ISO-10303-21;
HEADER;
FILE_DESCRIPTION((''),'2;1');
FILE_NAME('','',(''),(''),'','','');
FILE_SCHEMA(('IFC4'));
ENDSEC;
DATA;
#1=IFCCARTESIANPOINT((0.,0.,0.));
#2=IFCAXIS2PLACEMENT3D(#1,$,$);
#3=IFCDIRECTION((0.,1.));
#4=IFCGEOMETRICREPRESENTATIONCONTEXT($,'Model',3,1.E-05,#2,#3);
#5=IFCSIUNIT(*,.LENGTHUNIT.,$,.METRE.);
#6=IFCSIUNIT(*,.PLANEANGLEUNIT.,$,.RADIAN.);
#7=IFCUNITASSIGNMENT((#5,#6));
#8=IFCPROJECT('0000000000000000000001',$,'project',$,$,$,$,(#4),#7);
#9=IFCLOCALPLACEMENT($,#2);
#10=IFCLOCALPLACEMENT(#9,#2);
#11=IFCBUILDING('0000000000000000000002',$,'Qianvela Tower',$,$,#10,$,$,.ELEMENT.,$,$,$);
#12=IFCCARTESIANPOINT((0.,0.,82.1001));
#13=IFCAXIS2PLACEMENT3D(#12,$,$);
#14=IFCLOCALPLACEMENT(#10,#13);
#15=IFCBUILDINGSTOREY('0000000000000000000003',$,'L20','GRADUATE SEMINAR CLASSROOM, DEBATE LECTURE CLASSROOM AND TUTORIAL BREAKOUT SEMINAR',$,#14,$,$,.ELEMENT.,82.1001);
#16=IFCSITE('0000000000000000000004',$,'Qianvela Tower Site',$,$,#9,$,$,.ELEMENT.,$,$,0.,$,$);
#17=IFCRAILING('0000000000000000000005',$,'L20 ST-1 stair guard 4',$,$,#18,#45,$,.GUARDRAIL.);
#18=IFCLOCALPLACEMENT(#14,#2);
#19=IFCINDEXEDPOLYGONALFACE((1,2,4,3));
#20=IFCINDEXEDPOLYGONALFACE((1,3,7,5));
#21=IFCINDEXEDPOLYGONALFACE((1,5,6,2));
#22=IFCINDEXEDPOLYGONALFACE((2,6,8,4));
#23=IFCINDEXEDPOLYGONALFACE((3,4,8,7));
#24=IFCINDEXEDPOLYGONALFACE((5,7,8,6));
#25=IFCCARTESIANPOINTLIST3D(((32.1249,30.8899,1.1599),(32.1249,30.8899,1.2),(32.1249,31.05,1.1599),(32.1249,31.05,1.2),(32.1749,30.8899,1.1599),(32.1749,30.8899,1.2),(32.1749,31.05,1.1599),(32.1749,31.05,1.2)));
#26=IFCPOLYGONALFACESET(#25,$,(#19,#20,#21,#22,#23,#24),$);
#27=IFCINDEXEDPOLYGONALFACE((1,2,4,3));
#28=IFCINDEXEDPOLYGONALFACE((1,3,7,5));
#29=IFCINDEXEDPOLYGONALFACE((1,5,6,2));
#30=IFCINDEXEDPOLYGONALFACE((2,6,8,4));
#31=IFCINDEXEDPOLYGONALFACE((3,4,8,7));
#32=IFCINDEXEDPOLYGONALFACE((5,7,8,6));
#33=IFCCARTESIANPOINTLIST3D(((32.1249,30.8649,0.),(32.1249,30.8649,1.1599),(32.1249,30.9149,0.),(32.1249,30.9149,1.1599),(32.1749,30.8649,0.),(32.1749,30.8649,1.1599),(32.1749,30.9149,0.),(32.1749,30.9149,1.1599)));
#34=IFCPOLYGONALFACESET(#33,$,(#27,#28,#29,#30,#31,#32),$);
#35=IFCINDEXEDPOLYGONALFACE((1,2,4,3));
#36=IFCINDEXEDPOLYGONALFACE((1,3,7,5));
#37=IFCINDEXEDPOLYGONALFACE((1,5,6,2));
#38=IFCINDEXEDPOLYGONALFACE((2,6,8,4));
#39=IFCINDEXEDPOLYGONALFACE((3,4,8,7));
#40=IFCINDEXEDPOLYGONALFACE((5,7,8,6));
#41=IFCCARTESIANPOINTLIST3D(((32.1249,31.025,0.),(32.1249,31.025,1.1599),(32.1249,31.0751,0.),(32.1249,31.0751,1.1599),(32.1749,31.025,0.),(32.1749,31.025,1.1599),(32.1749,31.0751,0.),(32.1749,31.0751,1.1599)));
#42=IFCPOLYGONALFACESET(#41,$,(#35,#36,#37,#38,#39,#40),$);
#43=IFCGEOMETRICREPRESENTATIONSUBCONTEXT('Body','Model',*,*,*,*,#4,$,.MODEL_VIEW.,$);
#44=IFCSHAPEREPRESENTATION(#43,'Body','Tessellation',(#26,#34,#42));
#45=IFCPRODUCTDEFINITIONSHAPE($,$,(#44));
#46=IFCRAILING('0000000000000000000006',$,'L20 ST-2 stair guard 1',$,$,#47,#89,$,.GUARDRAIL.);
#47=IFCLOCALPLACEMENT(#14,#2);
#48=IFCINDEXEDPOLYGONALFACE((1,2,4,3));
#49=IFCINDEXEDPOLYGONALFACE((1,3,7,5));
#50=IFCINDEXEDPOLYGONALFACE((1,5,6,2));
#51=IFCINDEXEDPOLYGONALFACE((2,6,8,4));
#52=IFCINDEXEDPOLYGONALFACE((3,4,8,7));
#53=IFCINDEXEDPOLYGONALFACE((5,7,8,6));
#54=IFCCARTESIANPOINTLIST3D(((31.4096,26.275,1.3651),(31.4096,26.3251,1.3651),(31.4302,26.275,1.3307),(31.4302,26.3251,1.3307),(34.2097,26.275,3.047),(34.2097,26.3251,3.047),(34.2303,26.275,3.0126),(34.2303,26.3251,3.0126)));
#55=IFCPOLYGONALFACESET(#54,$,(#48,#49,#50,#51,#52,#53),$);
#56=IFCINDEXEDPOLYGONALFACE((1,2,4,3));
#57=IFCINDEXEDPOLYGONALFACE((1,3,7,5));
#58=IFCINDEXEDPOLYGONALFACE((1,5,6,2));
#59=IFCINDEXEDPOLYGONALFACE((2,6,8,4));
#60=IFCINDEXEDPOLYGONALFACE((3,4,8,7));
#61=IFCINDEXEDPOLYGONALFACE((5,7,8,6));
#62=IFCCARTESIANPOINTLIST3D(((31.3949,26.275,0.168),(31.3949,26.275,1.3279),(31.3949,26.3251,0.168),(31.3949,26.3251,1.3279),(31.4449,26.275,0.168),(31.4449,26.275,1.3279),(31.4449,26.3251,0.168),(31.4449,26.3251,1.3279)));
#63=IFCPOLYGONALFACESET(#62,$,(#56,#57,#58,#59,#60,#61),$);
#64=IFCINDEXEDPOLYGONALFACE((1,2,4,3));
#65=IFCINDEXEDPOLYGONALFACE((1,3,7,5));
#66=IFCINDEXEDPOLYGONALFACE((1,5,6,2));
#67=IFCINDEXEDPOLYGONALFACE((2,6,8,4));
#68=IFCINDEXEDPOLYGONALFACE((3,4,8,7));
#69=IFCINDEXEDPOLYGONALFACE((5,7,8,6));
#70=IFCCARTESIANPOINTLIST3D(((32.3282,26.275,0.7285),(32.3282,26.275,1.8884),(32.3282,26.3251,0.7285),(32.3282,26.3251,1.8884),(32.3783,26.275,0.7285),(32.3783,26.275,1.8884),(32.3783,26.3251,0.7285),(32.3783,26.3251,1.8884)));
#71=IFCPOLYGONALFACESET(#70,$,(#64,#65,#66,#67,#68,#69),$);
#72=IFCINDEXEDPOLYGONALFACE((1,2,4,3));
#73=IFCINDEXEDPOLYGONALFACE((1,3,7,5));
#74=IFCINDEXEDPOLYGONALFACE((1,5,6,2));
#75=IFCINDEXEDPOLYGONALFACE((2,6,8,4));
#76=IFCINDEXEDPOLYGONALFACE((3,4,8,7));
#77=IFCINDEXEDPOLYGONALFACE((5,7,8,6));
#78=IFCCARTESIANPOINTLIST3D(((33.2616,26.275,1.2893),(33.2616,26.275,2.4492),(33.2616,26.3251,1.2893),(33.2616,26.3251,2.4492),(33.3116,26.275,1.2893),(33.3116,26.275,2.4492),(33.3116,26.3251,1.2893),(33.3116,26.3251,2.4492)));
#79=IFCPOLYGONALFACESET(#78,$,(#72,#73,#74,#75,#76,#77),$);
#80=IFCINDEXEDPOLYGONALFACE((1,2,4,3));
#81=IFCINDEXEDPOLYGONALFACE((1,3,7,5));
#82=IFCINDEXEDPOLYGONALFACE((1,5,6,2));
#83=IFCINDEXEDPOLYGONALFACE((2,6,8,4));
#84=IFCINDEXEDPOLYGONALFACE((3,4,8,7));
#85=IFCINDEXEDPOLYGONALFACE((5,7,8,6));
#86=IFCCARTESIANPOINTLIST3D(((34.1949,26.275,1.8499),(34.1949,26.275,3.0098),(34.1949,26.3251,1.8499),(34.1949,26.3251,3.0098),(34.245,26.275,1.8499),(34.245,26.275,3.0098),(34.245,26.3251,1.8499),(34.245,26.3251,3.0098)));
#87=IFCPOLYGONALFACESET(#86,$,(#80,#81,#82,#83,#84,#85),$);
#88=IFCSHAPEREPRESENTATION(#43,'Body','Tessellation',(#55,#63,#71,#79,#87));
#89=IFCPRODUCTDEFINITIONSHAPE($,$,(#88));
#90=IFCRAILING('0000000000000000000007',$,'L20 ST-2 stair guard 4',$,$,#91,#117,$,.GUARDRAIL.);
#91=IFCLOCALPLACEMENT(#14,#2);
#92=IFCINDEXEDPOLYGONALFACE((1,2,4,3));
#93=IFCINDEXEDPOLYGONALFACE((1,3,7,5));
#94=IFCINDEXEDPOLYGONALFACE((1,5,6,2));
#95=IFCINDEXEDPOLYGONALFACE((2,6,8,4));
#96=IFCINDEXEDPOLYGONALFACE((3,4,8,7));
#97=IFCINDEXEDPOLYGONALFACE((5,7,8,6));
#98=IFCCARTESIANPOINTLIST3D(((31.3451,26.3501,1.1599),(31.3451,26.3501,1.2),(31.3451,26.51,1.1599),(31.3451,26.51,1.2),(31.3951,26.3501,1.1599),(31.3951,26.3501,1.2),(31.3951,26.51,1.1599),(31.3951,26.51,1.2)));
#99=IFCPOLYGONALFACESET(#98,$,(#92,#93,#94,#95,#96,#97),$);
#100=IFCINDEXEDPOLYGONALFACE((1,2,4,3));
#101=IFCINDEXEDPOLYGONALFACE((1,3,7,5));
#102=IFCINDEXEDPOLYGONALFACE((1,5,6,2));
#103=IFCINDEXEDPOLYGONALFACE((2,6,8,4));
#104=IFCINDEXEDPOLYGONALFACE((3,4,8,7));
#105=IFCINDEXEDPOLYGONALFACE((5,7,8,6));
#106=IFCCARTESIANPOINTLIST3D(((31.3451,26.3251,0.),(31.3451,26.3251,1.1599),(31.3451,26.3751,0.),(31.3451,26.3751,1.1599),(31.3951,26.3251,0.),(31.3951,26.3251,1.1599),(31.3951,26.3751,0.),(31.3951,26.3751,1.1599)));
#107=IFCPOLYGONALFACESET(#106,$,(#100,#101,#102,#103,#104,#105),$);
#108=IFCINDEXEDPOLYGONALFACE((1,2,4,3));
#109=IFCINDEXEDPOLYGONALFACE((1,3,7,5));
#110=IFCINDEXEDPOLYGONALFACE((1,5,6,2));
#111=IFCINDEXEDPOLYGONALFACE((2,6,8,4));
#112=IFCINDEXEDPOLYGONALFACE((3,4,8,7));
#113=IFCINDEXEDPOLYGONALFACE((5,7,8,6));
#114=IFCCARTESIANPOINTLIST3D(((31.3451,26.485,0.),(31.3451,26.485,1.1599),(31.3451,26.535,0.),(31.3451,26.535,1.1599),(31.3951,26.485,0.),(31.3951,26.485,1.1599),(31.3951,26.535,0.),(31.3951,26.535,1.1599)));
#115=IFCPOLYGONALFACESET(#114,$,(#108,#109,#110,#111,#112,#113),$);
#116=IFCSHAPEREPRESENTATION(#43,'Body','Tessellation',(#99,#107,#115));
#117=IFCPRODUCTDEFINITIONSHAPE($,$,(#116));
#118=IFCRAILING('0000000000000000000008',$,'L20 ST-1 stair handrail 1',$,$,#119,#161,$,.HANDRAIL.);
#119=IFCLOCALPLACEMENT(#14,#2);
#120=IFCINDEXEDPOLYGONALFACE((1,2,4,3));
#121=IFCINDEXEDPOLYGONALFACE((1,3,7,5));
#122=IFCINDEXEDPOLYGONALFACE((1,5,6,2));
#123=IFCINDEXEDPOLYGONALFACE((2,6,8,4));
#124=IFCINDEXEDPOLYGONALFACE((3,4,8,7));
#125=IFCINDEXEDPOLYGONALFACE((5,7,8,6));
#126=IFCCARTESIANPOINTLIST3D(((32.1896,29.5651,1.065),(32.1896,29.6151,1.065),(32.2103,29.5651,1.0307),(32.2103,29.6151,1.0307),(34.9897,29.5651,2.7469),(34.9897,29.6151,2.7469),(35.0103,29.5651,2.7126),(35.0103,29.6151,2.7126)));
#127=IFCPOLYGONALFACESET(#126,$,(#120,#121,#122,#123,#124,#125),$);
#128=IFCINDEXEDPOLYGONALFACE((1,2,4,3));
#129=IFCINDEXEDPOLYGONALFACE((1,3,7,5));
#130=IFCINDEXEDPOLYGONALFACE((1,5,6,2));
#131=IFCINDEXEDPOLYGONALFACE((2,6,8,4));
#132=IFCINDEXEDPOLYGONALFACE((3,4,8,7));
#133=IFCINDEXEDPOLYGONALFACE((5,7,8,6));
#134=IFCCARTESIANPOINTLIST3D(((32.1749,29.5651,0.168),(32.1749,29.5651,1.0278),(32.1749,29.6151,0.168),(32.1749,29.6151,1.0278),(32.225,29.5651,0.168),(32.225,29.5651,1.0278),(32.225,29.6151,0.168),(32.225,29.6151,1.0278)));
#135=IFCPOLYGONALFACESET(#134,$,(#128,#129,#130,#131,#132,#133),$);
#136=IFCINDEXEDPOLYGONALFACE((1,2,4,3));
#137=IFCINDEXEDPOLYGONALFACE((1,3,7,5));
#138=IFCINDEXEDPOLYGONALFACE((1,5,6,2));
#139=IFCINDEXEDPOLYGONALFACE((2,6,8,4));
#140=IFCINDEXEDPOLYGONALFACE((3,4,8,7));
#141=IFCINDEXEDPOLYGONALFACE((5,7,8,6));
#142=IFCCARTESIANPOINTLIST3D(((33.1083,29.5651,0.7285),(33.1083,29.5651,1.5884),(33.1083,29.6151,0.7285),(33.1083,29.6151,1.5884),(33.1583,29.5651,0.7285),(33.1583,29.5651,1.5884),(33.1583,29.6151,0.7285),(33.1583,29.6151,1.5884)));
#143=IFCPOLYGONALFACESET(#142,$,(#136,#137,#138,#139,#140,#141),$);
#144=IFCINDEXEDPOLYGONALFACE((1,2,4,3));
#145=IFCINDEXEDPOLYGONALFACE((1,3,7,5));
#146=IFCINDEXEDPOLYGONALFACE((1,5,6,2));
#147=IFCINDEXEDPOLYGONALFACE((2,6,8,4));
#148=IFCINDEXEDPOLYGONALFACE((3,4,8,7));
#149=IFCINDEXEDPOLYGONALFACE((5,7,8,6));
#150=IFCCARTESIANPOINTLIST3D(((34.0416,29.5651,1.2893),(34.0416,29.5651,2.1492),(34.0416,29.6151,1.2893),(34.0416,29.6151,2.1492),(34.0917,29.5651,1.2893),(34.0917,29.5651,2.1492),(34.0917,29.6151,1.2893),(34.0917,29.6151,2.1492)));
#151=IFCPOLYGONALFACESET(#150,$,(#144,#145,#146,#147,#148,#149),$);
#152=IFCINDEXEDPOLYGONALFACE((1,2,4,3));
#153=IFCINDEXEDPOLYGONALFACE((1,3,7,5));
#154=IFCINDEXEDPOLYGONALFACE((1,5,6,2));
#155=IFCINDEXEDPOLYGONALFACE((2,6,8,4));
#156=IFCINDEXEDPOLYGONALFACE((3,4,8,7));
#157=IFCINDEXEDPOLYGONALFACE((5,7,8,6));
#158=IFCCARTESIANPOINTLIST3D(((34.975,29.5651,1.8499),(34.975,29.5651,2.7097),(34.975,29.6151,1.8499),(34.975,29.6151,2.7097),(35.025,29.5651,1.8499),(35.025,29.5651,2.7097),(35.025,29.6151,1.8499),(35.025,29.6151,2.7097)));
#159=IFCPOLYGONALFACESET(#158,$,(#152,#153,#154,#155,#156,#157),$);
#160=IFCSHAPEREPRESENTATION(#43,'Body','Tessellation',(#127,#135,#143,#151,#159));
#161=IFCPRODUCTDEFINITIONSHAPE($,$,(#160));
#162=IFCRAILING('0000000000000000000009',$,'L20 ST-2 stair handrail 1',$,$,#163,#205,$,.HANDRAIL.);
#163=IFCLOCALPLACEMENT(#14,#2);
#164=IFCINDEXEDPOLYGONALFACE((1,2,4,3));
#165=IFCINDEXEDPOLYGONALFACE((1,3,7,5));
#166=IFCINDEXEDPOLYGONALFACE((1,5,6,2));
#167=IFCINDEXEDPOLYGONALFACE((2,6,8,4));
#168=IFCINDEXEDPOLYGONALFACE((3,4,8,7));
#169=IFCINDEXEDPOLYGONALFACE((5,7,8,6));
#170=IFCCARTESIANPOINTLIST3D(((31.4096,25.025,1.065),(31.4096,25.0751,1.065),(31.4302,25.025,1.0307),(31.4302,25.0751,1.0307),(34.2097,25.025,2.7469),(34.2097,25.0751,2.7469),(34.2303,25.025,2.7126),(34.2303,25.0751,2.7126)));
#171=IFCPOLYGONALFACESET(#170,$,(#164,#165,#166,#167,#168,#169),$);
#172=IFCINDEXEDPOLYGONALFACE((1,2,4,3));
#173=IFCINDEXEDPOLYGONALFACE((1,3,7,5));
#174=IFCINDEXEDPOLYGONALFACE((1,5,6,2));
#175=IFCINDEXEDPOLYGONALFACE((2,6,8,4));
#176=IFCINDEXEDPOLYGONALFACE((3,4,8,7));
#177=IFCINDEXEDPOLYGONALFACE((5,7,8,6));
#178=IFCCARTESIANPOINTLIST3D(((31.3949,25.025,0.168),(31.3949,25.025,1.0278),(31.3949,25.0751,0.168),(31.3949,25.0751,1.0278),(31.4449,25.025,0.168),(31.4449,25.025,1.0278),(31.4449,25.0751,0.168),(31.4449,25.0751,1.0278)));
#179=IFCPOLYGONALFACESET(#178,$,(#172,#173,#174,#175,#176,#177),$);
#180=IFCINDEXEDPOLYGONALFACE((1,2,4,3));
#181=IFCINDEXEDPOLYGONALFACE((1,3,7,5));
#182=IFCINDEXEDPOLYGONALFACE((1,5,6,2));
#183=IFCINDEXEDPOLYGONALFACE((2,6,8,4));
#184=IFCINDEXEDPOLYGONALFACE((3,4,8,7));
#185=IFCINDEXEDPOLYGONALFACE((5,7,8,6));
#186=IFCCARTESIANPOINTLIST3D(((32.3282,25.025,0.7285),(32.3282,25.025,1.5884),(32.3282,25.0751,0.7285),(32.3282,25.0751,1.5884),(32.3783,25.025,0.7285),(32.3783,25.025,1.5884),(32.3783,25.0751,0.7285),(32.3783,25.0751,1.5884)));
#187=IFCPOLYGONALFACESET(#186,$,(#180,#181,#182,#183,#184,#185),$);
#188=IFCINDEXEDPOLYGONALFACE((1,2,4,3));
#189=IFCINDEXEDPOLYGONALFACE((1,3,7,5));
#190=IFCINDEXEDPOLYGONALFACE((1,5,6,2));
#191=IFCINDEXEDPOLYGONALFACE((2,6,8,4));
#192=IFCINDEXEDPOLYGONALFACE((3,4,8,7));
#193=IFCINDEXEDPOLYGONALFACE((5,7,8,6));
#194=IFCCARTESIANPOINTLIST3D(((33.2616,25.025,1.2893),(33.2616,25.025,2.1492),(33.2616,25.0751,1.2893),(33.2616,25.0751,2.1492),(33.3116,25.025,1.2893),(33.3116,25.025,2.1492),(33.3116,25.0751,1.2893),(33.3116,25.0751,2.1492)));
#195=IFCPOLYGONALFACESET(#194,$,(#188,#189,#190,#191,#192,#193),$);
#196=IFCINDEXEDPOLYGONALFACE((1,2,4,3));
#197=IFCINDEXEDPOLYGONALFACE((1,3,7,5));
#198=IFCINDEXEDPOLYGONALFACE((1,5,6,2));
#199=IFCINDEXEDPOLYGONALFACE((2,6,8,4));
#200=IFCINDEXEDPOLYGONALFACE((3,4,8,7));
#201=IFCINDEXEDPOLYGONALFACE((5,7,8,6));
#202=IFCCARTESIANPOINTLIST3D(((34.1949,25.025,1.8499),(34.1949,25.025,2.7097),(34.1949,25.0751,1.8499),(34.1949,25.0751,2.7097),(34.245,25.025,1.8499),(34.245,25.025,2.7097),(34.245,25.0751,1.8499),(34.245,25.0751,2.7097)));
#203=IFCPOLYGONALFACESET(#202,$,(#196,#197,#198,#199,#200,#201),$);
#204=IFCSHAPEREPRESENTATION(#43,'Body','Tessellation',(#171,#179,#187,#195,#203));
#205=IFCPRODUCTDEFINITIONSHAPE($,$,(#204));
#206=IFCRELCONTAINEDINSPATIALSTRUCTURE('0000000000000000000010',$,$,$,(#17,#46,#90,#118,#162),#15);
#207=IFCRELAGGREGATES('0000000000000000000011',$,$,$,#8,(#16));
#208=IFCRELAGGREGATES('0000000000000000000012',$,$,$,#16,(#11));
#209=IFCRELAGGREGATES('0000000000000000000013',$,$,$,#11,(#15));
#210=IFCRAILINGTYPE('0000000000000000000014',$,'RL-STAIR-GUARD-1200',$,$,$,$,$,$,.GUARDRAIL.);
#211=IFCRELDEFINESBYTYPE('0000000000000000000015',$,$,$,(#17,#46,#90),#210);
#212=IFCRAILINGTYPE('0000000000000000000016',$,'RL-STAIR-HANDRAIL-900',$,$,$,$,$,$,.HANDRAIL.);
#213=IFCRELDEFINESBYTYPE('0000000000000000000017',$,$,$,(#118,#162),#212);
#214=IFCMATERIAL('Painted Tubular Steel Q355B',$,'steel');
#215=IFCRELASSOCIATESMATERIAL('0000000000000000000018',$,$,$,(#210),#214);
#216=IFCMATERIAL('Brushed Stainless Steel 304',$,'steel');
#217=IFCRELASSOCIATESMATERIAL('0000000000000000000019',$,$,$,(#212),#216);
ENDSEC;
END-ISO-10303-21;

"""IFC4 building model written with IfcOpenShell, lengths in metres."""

from ifc_helpers import new_model, si_unit, direction, frame, origin, origin_2d, place, context, subcontext, project, spatial, rectangle, extrude, material, type_object, element, save


model = new_model("IFC4")

# Units and contexts
model_context = context("Model", 3, precision=1e-05, world=origin(), true_north=direction((0.0, 1.0)))
body_context = subcontext(model_context, "Body", "Model", "MODEL_VIEW")
ifc_project = project(units=[si_unit("LENGTHUNIT", "METRE"), si_unit("PLANEANGLEUNIT", "RADIAN")], contexts=[model_context])

# Site, building, storey
site_placement = place(None, origin())
site = spatial("IfcSite", under=ifc_project, at=site_placement, Name="Qianvela Tower Site", CompositionType="ELEMENT", RefElevation=0.0)
building_placement = place(site_placement, origin())
building = spatial("IfcBuilding", under=site, at=building_placement, Name="Qianvela Tower", CompositionType="ELEMENT")
storey_placement = place(building_placement, frame((0.0, 0.0, 82.1001)))
storey = spatial("IfcBuildingStorey", under=building, at=storey_placement, Name="L20", Description="GRADUATE SEMINAR CLASSROOM, DEBATE LECTURE CLASSROOM AND TUTORIAL BREAKOUT SEMINAR", CompositionType="ELEMENT", Elevation=82.1001)

# Railings
ifc_material_1 = material(Name="Painted Tubular Steel Q355B", Category="steel")
railing_type_1 = type_object("IfcRailingType", Name="RL-STAIR-GUARD-1200", PredefinedType="GUARDRAIL", material=ifc_material_1)
railing_1_placement = place(storey_placement, frame((32.1499, 30.8899, 0.0)))
element("IfcRailing", 1, at=railing_1_placement, inside=storey, type_object=railing_type_1, Name="L20 ST-1 stair guard 4", PredefinedType="GUARDRAIL", context=body_context, shape_type="SweptSolid", body=[
    extrude(rectangle(XDim=0.05, YDim=0.04, at=origin_2d()), frame((0.0, 0.0, 1.1799), z_axis=(0.0, 1.0, 0.0), x_axis=(-1.0, 0.0, 0.0)), (0.0, 0.0, 1.0), 0.1602),
    extrude(rectangle(XDim=0.05, YDim=0.05, at=origin_2d()), origin(), (0.0, 0.0, 1.0), 1.1599),
    extrude(rectangle(XDim=0.05, YDim=0.05, at=origin_2d()), frame((0.0, 0.1602, 0.0)), (0.0, 0.0, 1.0), 1.1599),
])
railing_2_placement = place(storey_placement, frame((31.4199, 26.3, 0.168)))
element("IfcRailing", 2, at=railing_2_placement, inside=storey, type_object=railing_type_1, Name="L20 ST-2 stair guard 1", PredefinedType="GUARDRAIL", context=body_context, shape_type="SweptSolid", body=[
    extrude(rectangle(XDim=0.05, YDim=0.04, at=origin_2d()), frame((0.0, 0.0, 1.1799), z_axis=(0.857242, 0.0, 0.514913), x_axis=(0.0, 1.0, 0.0)), (0.0, 0.0, 1.0), 3.2664),
    extrude(rectangle(XDim=0.05, YDim=0.05, at=origin_2d()), origin(), (0.0, 0.0, 1.0), 1.1599),
    extrude(rectangle(XDim=0.05, YDim=0.05, at=origin_2d()), frame((0.9333, 0.0, 0.5605)), (0.0, 0.0, 1.0), 1.1599),
    extrude(rectangle(XDim=0.05, YDim=0.05, at=origin_2d()), frame((1.8667, 0.0, 1.1213)), (0.0, 0.0, 1.0), 1.1599),
    extrude(rectangle(XDim=0.05, YDim=0.05, at=origin_2d()), frame((2.8, 0.0, 1.6819)), (0.0, 0.0, 1.0), 1.1599),
])
railing_3_placement = place(storey_placement, frame((31.3701, 26.3501, 0.0)))
element("IfcRailing", 3, at=railing_3_placement, inside=storey, type_object=railing_type_1, Name="L20 ST-2 stair guard 4", PredefinedType="GUARDRAIL", context=body_context, shape_type="SweptSolid", body=[
    extrude(rectangle(XDim=0.05, YDim=0.04, at=origin_2d()), frame((0.0, 0.0, 1.1799), z_axis=(0.0, 1.0, 0.0), x_axis=(-1.0, 0.0, 0.0)), (0.0, 0.0, 1.0), 0.1599),
    extrude(rectangle(XDim=0.05, YDim=0.05, at=origin_2d()), origin(), (0.0, 0.0, 1.0), 1.1599),
    extrude(rectangle(XDim=0.05, YDim=0.05, at=origin_2d()), frame((0.0, 0.1599, 0.0)), (0.0, 0.0, 1.0), 1.1599),
])
ifc_material_2 = material(Name="Brushed Stainless Steel 304", Category="steel")
railing_type_2 = type_object("IfcRailingType", Name="RL-STAIR-HANDRAIL-900", PredefinedType="HANDRAIL", material=ifc_material_2)
for number, where, name in (
    (4, (32.2, 29.5901, 0.168), "L20 ST-1 stair handrail 1"),
    (5, (31.4199, 25.05, 0.168), "L20 ST-2 stair handrail 1"),
):
    element("IfcRailing", number, at=place(storey_placement, frame(where)), inside=storey, type_object=railing_type_2, Name=name, PredefinedType="HANDRAIL", context=body_context, shape_type="SweptSolid", body=[
        extrude(rectangle(XDim=0.05, YDim=0.04, at=origin_2d()), frame((0.0, 0.0, 0.8799), z_axis=(0.857242, 0.0, 0.514913), x_axis=(0.0, 1.0, 0.0)), (0.0, 0.0, 1.0), 3.2664),
        extrude(rectangle(XDim=0.05, YDim=0.05, at=origin_2d()), origin(), (0.0, 0.0, 1.0), 0.8599),
        extrude(rectangle(XDim=0.05, YDim=0.05, at=origin_2d()), frame((0.9333, 0.0, 0.5605)), (0.0, 0.0, 1.0), 0.8599),
        extrude(rectangle(XDim=0.05, YDim=0.05, at=origin_2d()), frame((1.8667, 0.0, 1.1213)), (0.0, 0.0, 1.0), 0.8599),
        extrude(rectangle(XDim=0.05, YDim=0.05, at=origin_2d()), frame((2.8, 0.0, 1.6819)), (0.0, 0.0, 1.0), 0.8599),
    ])

save(model, "model.ifc")
